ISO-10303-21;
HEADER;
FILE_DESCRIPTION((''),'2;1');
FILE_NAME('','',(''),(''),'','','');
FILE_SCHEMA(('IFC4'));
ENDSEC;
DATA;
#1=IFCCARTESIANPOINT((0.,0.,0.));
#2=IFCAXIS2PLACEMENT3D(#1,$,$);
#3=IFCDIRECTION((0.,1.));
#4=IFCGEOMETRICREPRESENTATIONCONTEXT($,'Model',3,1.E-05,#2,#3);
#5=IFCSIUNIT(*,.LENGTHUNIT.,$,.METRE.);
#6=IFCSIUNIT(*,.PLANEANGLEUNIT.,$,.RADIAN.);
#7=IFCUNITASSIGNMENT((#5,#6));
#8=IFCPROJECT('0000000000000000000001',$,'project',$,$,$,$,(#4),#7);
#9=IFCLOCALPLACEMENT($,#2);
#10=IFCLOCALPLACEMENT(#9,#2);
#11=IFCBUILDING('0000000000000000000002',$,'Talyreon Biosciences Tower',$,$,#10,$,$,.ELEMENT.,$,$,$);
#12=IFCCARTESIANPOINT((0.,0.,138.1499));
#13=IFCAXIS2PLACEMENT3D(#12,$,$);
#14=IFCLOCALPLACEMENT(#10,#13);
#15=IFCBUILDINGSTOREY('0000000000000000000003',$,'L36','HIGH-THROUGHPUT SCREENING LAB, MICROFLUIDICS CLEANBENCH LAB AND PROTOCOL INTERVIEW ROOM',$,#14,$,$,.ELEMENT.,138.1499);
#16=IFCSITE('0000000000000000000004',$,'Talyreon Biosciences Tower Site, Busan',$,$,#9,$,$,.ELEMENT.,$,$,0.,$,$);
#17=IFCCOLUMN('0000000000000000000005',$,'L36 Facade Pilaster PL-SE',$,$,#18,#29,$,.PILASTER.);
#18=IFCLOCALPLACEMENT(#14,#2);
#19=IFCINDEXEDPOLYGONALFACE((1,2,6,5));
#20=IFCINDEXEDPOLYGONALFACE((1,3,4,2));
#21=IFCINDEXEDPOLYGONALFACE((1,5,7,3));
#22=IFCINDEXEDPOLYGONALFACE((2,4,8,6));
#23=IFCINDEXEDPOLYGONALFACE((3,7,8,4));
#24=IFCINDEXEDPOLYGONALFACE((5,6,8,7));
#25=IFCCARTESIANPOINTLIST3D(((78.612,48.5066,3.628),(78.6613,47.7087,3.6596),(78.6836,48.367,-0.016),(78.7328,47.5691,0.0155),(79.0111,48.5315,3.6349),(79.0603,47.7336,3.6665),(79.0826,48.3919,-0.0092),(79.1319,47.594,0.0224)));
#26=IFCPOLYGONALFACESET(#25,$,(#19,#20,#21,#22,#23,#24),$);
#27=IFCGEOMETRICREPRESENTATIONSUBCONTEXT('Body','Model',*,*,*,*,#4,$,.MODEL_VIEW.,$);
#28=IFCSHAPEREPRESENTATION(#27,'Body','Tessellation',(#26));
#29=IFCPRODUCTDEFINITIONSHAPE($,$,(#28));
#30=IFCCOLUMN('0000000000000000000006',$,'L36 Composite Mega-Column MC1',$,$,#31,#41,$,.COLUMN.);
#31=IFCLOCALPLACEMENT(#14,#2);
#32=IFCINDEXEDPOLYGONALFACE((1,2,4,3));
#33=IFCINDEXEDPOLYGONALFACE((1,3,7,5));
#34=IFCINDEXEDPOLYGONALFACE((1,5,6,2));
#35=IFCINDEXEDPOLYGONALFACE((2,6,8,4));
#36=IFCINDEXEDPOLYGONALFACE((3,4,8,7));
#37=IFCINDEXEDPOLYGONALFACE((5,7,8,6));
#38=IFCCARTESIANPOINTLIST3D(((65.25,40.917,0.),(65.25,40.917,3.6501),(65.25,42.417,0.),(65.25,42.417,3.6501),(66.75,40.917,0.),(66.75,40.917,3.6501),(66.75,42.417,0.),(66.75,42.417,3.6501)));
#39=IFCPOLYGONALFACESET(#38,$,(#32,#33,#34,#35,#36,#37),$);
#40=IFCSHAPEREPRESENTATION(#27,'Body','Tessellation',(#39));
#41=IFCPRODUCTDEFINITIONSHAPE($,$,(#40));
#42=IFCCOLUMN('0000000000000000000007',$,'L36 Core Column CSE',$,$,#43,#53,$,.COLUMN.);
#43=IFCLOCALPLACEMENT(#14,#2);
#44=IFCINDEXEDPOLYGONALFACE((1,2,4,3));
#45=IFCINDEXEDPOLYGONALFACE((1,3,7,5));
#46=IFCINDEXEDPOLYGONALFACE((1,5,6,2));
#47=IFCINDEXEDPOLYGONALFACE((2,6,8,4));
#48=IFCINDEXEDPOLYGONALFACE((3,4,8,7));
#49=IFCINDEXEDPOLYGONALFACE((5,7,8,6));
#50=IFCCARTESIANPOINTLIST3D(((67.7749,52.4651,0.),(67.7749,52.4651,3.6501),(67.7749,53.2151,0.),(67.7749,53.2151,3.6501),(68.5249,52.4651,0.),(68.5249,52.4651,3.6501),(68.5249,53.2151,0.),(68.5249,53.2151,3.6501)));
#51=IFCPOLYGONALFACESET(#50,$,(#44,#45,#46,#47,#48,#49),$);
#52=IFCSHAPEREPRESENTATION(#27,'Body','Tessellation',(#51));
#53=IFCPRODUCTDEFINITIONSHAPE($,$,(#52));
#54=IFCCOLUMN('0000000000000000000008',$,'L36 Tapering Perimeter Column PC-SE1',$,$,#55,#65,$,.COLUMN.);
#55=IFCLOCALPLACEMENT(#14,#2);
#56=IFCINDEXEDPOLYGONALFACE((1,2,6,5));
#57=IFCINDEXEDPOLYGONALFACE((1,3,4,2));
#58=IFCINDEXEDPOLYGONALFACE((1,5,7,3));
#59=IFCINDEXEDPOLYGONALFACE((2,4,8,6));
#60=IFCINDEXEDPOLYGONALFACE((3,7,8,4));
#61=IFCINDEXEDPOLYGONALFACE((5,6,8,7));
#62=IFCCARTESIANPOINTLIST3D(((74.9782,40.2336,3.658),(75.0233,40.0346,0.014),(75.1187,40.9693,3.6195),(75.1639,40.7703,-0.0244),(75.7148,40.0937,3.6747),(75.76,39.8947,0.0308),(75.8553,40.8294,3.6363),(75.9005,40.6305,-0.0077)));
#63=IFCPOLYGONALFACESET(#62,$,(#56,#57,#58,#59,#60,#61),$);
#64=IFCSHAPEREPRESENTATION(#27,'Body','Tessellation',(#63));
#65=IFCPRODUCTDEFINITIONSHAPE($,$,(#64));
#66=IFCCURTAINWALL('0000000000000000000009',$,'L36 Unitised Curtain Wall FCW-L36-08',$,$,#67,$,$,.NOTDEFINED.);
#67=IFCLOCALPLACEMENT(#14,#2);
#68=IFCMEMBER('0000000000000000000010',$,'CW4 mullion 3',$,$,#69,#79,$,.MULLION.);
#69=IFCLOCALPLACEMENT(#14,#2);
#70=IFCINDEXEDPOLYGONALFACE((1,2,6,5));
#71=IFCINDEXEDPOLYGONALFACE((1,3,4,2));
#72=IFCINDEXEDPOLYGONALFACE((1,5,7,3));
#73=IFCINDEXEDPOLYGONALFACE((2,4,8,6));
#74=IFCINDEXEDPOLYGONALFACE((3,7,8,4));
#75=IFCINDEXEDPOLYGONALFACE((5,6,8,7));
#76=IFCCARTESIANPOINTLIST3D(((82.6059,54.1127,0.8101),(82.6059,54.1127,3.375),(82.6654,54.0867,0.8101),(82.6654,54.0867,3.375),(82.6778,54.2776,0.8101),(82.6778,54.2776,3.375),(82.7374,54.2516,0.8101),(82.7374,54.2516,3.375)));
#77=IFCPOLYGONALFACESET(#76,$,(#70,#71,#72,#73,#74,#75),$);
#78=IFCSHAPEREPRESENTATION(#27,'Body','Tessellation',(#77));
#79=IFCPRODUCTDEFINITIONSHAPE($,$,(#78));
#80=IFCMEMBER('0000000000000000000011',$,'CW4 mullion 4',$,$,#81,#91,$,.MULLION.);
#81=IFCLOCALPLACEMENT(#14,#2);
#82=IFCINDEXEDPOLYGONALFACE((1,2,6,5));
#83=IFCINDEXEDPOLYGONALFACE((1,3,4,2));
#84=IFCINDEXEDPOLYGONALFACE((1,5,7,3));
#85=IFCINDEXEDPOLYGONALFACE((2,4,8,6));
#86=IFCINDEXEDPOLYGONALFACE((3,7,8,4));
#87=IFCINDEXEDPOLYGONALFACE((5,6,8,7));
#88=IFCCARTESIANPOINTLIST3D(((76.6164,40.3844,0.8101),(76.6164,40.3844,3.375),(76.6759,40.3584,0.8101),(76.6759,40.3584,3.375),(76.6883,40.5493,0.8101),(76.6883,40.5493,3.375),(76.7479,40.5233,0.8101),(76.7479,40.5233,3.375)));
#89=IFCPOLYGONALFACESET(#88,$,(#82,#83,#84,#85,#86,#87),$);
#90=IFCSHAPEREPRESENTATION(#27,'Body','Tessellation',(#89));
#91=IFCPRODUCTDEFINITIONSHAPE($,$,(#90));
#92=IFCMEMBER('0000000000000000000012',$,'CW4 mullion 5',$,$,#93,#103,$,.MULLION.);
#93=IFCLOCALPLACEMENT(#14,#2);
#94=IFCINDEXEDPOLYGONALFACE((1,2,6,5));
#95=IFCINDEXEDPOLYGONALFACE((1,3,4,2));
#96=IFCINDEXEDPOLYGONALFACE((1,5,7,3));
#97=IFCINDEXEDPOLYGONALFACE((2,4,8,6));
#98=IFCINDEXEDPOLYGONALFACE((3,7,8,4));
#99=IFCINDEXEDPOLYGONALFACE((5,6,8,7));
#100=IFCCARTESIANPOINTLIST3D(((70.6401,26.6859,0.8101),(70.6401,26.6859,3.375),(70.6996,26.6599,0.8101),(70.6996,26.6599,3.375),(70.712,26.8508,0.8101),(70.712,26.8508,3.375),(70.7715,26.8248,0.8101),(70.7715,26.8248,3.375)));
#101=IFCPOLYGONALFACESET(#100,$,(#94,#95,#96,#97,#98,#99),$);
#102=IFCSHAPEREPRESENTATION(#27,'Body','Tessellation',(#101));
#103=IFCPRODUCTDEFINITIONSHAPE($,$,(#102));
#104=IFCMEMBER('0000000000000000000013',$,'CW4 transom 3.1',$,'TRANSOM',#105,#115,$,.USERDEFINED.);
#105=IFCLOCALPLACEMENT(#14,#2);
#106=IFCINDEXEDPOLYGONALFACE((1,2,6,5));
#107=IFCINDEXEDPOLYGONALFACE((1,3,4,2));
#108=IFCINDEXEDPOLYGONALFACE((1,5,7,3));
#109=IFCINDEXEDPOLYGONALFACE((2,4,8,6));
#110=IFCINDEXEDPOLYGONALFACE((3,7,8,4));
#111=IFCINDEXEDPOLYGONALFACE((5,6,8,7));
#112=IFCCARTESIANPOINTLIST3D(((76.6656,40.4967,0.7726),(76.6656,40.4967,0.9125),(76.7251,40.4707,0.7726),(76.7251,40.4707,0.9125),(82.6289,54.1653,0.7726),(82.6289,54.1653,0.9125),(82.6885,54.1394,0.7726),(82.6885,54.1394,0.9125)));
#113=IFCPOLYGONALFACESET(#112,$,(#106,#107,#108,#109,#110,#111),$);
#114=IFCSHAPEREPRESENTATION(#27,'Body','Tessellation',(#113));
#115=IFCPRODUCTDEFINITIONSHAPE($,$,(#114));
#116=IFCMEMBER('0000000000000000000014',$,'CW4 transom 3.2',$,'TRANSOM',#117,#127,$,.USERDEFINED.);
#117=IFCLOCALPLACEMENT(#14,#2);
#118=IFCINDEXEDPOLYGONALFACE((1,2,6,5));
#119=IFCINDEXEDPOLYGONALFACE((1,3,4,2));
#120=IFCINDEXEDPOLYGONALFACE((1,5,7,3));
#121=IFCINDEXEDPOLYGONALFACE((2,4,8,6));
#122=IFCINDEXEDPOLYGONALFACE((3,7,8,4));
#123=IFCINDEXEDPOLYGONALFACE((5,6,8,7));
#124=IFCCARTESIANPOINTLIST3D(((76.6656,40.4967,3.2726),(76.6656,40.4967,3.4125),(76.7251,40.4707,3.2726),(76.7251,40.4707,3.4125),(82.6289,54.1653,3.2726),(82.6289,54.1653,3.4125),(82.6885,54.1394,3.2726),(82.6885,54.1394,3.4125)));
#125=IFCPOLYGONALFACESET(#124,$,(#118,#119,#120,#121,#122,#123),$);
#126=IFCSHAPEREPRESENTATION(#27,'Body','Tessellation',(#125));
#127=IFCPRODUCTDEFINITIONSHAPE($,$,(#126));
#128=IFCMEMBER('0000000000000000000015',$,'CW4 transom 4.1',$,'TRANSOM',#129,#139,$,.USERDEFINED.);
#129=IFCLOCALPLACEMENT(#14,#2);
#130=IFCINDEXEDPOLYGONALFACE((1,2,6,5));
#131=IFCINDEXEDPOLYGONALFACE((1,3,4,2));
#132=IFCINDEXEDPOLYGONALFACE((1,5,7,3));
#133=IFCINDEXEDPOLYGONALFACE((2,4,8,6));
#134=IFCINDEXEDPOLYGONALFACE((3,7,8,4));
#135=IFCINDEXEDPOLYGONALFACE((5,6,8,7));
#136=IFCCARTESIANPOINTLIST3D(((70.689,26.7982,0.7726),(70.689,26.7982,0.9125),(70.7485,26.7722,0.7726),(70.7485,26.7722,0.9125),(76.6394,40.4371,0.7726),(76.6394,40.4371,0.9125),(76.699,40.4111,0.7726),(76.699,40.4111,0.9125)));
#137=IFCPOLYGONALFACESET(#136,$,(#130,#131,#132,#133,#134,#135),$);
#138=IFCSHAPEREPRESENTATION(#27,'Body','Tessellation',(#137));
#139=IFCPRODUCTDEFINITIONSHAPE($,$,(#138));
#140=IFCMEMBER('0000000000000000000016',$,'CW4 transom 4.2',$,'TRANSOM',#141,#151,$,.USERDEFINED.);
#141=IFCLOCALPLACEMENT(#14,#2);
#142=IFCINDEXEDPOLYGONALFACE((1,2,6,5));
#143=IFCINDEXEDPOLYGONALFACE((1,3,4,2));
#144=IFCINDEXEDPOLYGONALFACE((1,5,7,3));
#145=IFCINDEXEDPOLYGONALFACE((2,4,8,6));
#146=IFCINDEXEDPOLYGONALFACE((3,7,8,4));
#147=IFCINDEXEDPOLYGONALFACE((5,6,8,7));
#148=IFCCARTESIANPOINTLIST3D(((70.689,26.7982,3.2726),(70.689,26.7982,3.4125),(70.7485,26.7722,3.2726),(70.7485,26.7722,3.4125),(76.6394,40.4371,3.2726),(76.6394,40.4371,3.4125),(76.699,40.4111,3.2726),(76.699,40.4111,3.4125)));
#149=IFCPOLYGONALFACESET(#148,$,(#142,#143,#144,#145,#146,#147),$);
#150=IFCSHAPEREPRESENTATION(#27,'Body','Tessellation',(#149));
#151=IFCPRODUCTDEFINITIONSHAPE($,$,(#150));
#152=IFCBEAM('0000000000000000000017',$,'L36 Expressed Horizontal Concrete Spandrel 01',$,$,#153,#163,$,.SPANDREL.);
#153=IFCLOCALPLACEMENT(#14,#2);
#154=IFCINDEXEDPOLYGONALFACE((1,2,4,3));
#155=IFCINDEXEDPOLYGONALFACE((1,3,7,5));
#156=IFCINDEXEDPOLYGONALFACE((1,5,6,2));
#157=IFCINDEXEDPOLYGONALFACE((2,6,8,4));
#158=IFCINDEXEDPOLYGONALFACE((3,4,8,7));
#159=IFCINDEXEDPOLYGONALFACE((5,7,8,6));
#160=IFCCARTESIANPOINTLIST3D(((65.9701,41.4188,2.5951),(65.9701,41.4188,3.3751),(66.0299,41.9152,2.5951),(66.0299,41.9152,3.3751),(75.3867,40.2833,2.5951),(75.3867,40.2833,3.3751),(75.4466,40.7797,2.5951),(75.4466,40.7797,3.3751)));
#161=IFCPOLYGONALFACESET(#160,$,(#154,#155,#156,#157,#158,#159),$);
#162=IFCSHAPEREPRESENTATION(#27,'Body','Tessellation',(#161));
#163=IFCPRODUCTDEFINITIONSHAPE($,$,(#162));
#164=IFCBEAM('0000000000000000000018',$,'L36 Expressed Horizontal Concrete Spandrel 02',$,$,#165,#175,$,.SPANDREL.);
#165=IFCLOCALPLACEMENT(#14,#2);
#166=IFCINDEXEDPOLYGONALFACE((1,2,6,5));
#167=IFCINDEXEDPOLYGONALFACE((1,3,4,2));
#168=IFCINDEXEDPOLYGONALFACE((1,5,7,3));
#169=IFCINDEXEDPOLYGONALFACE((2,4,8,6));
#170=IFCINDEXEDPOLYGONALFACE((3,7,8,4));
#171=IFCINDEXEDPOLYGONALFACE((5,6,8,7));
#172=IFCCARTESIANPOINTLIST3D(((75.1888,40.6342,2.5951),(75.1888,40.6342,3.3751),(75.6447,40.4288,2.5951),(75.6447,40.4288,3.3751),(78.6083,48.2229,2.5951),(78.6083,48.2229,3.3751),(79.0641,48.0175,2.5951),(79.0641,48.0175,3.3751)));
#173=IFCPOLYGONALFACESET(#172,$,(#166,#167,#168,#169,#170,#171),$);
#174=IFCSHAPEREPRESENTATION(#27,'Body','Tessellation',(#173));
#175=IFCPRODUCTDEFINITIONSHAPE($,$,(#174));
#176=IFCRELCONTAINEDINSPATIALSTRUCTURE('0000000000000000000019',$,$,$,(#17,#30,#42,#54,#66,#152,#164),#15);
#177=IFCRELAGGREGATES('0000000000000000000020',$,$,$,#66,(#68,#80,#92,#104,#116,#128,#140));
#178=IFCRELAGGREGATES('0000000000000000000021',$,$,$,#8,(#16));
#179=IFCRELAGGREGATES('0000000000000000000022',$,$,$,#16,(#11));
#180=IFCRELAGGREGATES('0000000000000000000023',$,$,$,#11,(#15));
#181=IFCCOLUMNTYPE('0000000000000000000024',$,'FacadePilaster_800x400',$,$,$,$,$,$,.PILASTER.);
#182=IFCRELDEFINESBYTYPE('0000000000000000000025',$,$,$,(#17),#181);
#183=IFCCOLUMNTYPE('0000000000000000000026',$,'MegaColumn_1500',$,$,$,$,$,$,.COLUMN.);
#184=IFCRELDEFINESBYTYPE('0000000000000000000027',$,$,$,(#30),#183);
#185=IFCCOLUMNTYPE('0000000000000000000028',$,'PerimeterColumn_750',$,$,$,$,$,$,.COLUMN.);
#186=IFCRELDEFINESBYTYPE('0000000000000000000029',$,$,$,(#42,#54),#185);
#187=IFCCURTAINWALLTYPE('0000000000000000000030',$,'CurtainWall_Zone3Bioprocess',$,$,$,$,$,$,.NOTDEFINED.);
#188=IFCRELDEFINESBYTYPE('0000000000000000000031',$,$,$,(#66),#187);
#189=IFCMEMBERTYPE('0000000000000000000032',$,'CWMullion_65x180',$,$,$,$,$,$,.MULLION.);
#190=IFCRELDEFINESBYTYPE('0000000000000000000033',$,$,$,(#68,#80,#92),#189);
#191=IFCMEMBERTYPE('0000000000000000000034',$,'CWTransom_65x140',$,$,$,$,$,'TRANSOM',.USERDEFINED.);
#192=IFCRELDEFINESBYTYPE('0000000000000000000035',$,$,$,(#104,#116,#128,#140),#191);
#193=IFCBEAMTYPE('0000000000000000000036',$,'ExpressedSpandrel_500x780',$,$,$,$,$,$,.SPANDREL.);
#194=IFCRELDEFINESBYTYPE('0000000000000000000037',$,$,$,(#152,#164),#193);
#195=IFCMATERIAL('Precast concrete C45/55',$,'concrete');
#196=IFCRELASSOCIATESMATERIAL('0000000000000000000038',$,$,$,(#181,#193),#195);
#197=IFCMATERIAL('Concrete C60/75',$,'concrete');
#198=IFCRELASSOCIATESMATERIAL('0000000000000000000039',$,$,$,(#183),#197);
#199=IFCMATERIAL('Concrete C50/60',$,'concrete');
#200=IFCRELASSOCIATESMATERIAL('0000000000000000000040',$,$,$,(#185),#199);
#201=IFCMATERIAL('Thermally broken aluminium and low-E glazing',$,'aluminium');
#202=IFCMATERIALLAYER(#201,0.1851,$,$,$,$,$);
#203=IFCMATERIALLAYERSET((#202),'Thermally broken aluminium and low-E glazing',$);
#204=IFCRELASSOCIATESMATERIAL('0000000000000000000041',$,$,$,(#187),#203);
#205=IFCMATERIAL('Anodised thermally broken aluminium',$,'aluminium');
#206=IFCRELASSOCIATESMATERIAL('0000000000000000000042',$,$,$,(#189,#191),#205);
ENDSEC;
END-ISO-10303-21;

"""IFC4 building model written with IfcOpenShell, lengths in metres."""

from ifc_helpers import new_model, si_unit, direction, frame, origin, origin_2d, place, context, subcontext, project, spatial, rectangle, extrude, material, layer, layer_set, material_profile, profile_set, type_object, element, aggregate, save


model = new_model("IFC4")

# Units and contexts
model_context = context("Model", 3, precision=1e-05, world=origin(), true_north=direction((0.0, 1.0)))
body_context = subcontext(model_context, "Body", "Model", "MODEL_VIEW")
ifc_project = project(units=[si_unit("LENGTHUNIT", "METRE"), si_unit("PLANEANGLEUNIT", "RADIAN")], contexts=[model_context])

# Site, building, storey
site_placement = place(None, origin())
site = spatial("IfcSite", under=ifc_project, at=site_placement, Name="Talyreon Biosciences Tower Site, Busan", CompositionType="ELEMENT", RefElevation=0.0)
building_placement = place(site_placement, origin())
building = spatial("IfcBuilding", under=site, at=building_placement, Name="Talyreon Biosciences Tower", CompositionType="ELEMENT")
storey_placement = place(building_placement, frame((0.0, 0.0, 138.1499)))
storey = spatial("IfcBuildingStorey", under=building, at=storey_placement, Name="L36", Description="HIGH-THROUGHPUT SCREENING LAB, MICROFLUIDICS CLEANBENCH LAB AND PROTOCOL INTERVIEW ROOM", CompositionType="ELEMENT", Elevation=138.1499)

# Columns
ifc_material_1 = material(Name="Precast concrete C45/55", Category="concrete")
ifc_material_profile_1 = material_profile(ifc_material_1, rectangle(XDim=0.8, YDim=0.3999, at=origin_2d()), Name="RC 800x400")
ifc_profile_set_1 = profile_set([ifc_material_profile_1], Name="Precast concrete C45/55")
column_type_1 = type_object("IfcColumnType", Name="FacadePilaster_800x400", PredefinedType="PILASTER", material=ifc_profile_set_1)
column_1_placement = place(storey_placement, frame((78.9077, 47.9805, 0.0032), z_axis=(-0.019612, 0.038287, 0.999074), x_axis=(0.061572, -0.997324, 0.039428)))
element("IfcColumn", 1, at=column_1_placement, inside=storey, type_object=column_type_1, Name="L36 Facade Pilaster PL-SE", PredefinedType="PILASTER", context=body_context, shape_type="SweptSolid", body=[
    extrude(rectangle(XDim=0.8, YDim=0.3999, at=origin_2d()), origin(), (0.0, 0.0, 1.0), 3.6475),
])
ifc_material_2 = material(Name="Concrete C60/75", Category="concrete")
ifc_material_profile_2 = material_profile(ifc_material_2, rectangle(XDim=1.5, YDim=1.5, at=origin_2d()), Name="RC 1500x1500")
ifc_profile_set_2 = profile_set([ifc_material_profile_2], Name="Concrete C60/75")
column_type_2 = type_object("IfcColumnType", Name="MegaColumn_1500", PredefinedType="COLUMN", material=ifc_profile_set_2)
column_2_placement = place(storey_placement, frame((66.0, 41.667, 0.0), z_axis=(0.0, 0.0, 1.0), x_axis=(1.0, 0.0, 0.0)))
element("IfcColumn", 2, at=column_2_placement, inside=storey, type_object=column_type_2, Name="L36 Composite Mega-Column MC1", PredefinedType="COLUMN", context=body_context, shape_type="SweptSolid", body=[
    extrude(rectangle(XDim=1.5, YDim=1.5, at=origin_2d()), origin(), (0.0, 0.0, 1.0), 3.6501),
])
ifc_material_3 = material(Name="Concrete C50/60", Category="concrete")
ifc_material_profile_3 = material_profile(ifc_material_3, rectangle(XDim=0.75, YDim=0.75, at=origin_2d()), Name="RC 750x750")
ifc_profile_set_3 = profile_set([ifc_material_profile_3], Name="Concrete C50/60")
column_type_3 = type_object("IfcColumnType", Name="PerimeterColumn_750", PredefinedType="COLUMN", material=ifc_profile_set_3)
column_3_placement = place(storey_placement, frame((68.1499, 52.8401, 0.0), z_axis=(0.0, 0.0, 1.0), x_axis=(1.0, 0.0, 0.0)))
element("IfcColumn", 3, at=column_3_placement, inside=storey, type_object=column_type_3, Name="L36 Core Column CSE", PredefinedType="COLUMN", context=body_context, shape_type="SweptSolid", body=[
    extrude(rectangle(XDim=0.75, YDim=0.75, at=origin_2d()), origin(), (0.0, 0.0, 1.0), 3.6501),
])
column_4_placement = place(storey_placement, frame((75.4619, 40.3325, 0.0032), z_axis=(-0.012375, 0.054517, 0.998436), x_axis=(-0.187389, -0.980948, 0.05124)))
element("IfcColumn", 4, at=column_4_placement, inside=storey, type_object=column_type_3, Name="L36 Tapering Perimeter Column PC-SE1", PredefinedType="COLUMN", context=body_context, shape_type="SweptSolid", body=[
    extrude(rectangle(XDim=0.75, YDim=0.75, at=origin_2d()), origin(), (0.0, 0.0, 1.0), 3.6497),
])

# Curtain wall, members
ifc_material_4 = material(Name="Thermally broken aluminium and low-E glazing", Category="aluminium")
ifc_layer_1 = layer(ifc_material_4, 0.1851)
ifc_layer_set_1 = layer_set([ifc_layer_1], Name="Thermally broken aluminium and low-E glazing")
curtain_wall_type = type_object("IfcCurtainWallType", Name="CurtainWall_Zone3Bioprocess", PredefinedType="NOTDEFINED", material=ifc_layer_set_1)
curtain_wall_placement = place(storey_placement, origin())
curtain_wall = element("IfcCurtainWall", 5, at=curtain_wall_placement, inside=storey, type_object=curtain_wall_type, Name="L36 Unitised Curtain Wall FCW-L36-08", PredefinedType="NOTDEFINED")
ifc_material_5 = material(Name="Anodised thermally broken aluminium", Category="aluminium")
ifc_material_profile_4 = material_profile(ifc_material_5, rectangle(XDim=0.0649, YDim=0.1799, at=origin_2d()), Name="ALUM MULLION 65x180")
ifc_profile_set_4 = profile_set([ifc_material_profile_4], Name="Anodised thermally broken aluminium")
member_type_1 = type_object("IfcMemberType", Name="CWMullion_65x180", PredefinedType="MULLION", material=ifc_profile_set_4)
member_1_placement = place(storey_placement, frame((82.6716, 54.1821, 0.8101), z_axis=(0.0, 0.0, 1.0), x_axis=(0.916566, -0.399882, 0.0)))
member_1 = element("IfcMember", 6, at=member_1_placement, type_object=member_type_1, Name="CW4 mullion 3", PredefinedType="MULLION", context=body_context, shape_type="SweptSolid", body=[
    extrude(rectangle(XDim=0.0649, YDim=0.1799, at=origin_2d()), origin(), (0.0, 0.0, 1.0), 2.5649),
])
member_2_placement = place(storey_placement, frame((76.6821, 40.4539, 0.8101), z_axis=(0.0, 0.0, 1.0), x_axis=(0.916566, -0.399882, 0.0)))
member_2 = element("IfcMember", 7, at=member_2_placement, type_object=member_type_1, Name="CW4 mullion 4", PredefinedType="MULLION", context=body_context, shape_type="SweptSolid", body=[
    extrude(rectangle(XDim=0.0649, YDim=0.1799, at=origin_2d()), origin(), (0.0, 0.0, 1.0), 2.5649),
])
member_3_placement = place(storey_placement, frame((70.7058, 26.7554, 0.8101), z_axis=(0.0, 0.0, 1.0), x_axis=(0.916566, -0.399882, 0.0)))
member_3 = element("IfcMember", 8, at=member_3_placement, type_object=member_type_1, Name="CW4 mullion 5", PredefinedType="MULLION", context=body_context, shape_type="SweptSolid", body=[
    extrude(rectangle(XDim=0.0649, YDim=0.1799, at=origin_2d()), origin(), (0.0, 0.0, 1.0), 2.5649),
])
ifc_material_profile_5 = material_profile(ifc_material_5, rectangle(XDim=0.0649, YDim=0.1399, at=origin_2d()), Name="ALUM TRANSOM 65x140")
ifc_profile_set_5 = profile_set([ifc_material_profile_5], Name="Anodised thermally broken aluminium")
member_type_2 = type_object("IfcMemberType", Name="CWTransom_65x140", ElementType="TRANSOM", PredefinedType="USERDEFINED", material=ifc_profile_set_5)
member_4_placement = place(storey_placement, frame((82.6587, 54.1523, 0.8425), z_axis=(-0.39988, -0.916568, 0.0), x_axis=(0.916568, -0.39988, 0.0)))
member_4 = element("IfcMember", 9, at=member_4_placement, type_object=member_type_2, Name="CW4 transom 3.1", ObjectType="TRANSOM", PredefinedType="USERDEFINED", context=body_context, shape_type="SweptSolid", body=[
    extrude(rectangle(XDim=0.0649, YDim=0.1399, at=origin_2d()), origin(), (0.0, 0.0, 1.0), 14.9128),
])
member_5_placement = place(storey_placement, frame((82.6587, 54.1523, 3.3425), z_axis=(-0.39988, -0.916568, 0.0), x_axis=(0.916568, -0.39988, 0.0)))
member_5 = element("IfcMember", 10, at=member_5_placement, type_object=member_type_2, Name="CW4 transom 3.2", ObjectType="TRANSOM", PredefinedType="USERDEFINED", context=body_context, shape_type="SweptSolid", body=[
    extrude(rectangle(XDim=0.0649, YDim=0.1399, at=origin_2d()), origin(), (0.0, 0.0, 1.0), 14.9128),
])
member_6_placement = place(storey_placement, frame((76.6692, 40.4241, 0.8425), z_axis=(-0.399883, -0.916566, 0.0), x_axis=(0.916566, -0.399883, 0.0)))
member_6 = element("IfcMember", 11, at=member_6_placement, type_object=member_type_2, Name="CW4 transom 4.1", ObjectType="TRANSOM", PredefinedType="USERDEFINED", context=body_context, shape_type="SweptSolid", body=[
    extrude(rectangle(XDim=0.0649, YDim=0.1399, at=origin_2d()), origin(), (0.0, 0.0, 1.0), 14.8804),
])
member_7_placement = place(storey_placement, frame((76.6692, 40.4241, 3.3425), z_axis=(-0.399883, -0.916566, 0.0), x_axis=(0.916566, -0.399883, 0.0)))
member_7 = element("IfcMember", 12, at=member_7_placement, type_object=member_type_2, Name="CW4 transom 4.2", ObjectType="TRANSOM", PredefinedType="USERDEFINED", context=body_context, shape_type="SweptSolid", body=[
    extrude(rectangle(XDim=0.0649, YDim=0.1399, at=origin_2d()), origin(), (0.0, 0.0, 1.0), 14.8804),
])

# Beams
ifc_material_profile_6 = material_profile(ifc_material_1, rectangle(XDim=0.5, YDim=0.78, at=origin_2d()), Name="RCB 500x780")
ifc_profile_set_6 = profile_set([ifc_material_profile_6], Name="Precast concrete C45/55")
beam_type_1 = type_object("IfcBeamType", Name="ExpressedSpandrel_500x780", PredefinedType="SPANDREL", material=ifc_profile_set_6)
beam_1_placement = place(storey_placement, frame((66.0, 41.667, 2.9851), z_axis=(0.992808, -0.119716, 0.0), x_axis=(0.119716, 0.992808, 0.0)))
element("IfcBeam", 13, at=beam_1_placement, inside=storey, type_object=beam_type_1, Name="L36 Expressed Horizontal Concrete Spandrel 01", PredefinedType="SPANDREL", context=body_context, shape_type="SweptSolid", body=[
    extrude(rectangle(XDim=0.5, YDim=0.78, at=origin_2d()), origin(), (0.0, 0.0, 1.0), 9.4849),
])
beam_2_placement = place(storey_placement, frame((75.4167, 40.5315, 2.9851), z_axis=(0.41082, 0.911717, 0.0), x_axis=(-0.911717, 0.41082, 0.0)))
element("IfcBeam", 14, at=beam_2_placement, inside=storey, type_object=beam_type_1, Name="L36 Expressed Horizontal Concrete Spandrel 02", PredefinedType="SPANDREL", context=body_context, shape_type="SweptSolid", body=[
    extrude(rectangle(XDim=0.5, YDim=0.78, at=origin_2d()), origin(), (0.0, 0.0, 1.0), 8.3235),
])

aggregate(curtain_wall, [member_1, member_2, member_3, member_4, member_5, member_6, member_7])

save(model, "model.ifc")
